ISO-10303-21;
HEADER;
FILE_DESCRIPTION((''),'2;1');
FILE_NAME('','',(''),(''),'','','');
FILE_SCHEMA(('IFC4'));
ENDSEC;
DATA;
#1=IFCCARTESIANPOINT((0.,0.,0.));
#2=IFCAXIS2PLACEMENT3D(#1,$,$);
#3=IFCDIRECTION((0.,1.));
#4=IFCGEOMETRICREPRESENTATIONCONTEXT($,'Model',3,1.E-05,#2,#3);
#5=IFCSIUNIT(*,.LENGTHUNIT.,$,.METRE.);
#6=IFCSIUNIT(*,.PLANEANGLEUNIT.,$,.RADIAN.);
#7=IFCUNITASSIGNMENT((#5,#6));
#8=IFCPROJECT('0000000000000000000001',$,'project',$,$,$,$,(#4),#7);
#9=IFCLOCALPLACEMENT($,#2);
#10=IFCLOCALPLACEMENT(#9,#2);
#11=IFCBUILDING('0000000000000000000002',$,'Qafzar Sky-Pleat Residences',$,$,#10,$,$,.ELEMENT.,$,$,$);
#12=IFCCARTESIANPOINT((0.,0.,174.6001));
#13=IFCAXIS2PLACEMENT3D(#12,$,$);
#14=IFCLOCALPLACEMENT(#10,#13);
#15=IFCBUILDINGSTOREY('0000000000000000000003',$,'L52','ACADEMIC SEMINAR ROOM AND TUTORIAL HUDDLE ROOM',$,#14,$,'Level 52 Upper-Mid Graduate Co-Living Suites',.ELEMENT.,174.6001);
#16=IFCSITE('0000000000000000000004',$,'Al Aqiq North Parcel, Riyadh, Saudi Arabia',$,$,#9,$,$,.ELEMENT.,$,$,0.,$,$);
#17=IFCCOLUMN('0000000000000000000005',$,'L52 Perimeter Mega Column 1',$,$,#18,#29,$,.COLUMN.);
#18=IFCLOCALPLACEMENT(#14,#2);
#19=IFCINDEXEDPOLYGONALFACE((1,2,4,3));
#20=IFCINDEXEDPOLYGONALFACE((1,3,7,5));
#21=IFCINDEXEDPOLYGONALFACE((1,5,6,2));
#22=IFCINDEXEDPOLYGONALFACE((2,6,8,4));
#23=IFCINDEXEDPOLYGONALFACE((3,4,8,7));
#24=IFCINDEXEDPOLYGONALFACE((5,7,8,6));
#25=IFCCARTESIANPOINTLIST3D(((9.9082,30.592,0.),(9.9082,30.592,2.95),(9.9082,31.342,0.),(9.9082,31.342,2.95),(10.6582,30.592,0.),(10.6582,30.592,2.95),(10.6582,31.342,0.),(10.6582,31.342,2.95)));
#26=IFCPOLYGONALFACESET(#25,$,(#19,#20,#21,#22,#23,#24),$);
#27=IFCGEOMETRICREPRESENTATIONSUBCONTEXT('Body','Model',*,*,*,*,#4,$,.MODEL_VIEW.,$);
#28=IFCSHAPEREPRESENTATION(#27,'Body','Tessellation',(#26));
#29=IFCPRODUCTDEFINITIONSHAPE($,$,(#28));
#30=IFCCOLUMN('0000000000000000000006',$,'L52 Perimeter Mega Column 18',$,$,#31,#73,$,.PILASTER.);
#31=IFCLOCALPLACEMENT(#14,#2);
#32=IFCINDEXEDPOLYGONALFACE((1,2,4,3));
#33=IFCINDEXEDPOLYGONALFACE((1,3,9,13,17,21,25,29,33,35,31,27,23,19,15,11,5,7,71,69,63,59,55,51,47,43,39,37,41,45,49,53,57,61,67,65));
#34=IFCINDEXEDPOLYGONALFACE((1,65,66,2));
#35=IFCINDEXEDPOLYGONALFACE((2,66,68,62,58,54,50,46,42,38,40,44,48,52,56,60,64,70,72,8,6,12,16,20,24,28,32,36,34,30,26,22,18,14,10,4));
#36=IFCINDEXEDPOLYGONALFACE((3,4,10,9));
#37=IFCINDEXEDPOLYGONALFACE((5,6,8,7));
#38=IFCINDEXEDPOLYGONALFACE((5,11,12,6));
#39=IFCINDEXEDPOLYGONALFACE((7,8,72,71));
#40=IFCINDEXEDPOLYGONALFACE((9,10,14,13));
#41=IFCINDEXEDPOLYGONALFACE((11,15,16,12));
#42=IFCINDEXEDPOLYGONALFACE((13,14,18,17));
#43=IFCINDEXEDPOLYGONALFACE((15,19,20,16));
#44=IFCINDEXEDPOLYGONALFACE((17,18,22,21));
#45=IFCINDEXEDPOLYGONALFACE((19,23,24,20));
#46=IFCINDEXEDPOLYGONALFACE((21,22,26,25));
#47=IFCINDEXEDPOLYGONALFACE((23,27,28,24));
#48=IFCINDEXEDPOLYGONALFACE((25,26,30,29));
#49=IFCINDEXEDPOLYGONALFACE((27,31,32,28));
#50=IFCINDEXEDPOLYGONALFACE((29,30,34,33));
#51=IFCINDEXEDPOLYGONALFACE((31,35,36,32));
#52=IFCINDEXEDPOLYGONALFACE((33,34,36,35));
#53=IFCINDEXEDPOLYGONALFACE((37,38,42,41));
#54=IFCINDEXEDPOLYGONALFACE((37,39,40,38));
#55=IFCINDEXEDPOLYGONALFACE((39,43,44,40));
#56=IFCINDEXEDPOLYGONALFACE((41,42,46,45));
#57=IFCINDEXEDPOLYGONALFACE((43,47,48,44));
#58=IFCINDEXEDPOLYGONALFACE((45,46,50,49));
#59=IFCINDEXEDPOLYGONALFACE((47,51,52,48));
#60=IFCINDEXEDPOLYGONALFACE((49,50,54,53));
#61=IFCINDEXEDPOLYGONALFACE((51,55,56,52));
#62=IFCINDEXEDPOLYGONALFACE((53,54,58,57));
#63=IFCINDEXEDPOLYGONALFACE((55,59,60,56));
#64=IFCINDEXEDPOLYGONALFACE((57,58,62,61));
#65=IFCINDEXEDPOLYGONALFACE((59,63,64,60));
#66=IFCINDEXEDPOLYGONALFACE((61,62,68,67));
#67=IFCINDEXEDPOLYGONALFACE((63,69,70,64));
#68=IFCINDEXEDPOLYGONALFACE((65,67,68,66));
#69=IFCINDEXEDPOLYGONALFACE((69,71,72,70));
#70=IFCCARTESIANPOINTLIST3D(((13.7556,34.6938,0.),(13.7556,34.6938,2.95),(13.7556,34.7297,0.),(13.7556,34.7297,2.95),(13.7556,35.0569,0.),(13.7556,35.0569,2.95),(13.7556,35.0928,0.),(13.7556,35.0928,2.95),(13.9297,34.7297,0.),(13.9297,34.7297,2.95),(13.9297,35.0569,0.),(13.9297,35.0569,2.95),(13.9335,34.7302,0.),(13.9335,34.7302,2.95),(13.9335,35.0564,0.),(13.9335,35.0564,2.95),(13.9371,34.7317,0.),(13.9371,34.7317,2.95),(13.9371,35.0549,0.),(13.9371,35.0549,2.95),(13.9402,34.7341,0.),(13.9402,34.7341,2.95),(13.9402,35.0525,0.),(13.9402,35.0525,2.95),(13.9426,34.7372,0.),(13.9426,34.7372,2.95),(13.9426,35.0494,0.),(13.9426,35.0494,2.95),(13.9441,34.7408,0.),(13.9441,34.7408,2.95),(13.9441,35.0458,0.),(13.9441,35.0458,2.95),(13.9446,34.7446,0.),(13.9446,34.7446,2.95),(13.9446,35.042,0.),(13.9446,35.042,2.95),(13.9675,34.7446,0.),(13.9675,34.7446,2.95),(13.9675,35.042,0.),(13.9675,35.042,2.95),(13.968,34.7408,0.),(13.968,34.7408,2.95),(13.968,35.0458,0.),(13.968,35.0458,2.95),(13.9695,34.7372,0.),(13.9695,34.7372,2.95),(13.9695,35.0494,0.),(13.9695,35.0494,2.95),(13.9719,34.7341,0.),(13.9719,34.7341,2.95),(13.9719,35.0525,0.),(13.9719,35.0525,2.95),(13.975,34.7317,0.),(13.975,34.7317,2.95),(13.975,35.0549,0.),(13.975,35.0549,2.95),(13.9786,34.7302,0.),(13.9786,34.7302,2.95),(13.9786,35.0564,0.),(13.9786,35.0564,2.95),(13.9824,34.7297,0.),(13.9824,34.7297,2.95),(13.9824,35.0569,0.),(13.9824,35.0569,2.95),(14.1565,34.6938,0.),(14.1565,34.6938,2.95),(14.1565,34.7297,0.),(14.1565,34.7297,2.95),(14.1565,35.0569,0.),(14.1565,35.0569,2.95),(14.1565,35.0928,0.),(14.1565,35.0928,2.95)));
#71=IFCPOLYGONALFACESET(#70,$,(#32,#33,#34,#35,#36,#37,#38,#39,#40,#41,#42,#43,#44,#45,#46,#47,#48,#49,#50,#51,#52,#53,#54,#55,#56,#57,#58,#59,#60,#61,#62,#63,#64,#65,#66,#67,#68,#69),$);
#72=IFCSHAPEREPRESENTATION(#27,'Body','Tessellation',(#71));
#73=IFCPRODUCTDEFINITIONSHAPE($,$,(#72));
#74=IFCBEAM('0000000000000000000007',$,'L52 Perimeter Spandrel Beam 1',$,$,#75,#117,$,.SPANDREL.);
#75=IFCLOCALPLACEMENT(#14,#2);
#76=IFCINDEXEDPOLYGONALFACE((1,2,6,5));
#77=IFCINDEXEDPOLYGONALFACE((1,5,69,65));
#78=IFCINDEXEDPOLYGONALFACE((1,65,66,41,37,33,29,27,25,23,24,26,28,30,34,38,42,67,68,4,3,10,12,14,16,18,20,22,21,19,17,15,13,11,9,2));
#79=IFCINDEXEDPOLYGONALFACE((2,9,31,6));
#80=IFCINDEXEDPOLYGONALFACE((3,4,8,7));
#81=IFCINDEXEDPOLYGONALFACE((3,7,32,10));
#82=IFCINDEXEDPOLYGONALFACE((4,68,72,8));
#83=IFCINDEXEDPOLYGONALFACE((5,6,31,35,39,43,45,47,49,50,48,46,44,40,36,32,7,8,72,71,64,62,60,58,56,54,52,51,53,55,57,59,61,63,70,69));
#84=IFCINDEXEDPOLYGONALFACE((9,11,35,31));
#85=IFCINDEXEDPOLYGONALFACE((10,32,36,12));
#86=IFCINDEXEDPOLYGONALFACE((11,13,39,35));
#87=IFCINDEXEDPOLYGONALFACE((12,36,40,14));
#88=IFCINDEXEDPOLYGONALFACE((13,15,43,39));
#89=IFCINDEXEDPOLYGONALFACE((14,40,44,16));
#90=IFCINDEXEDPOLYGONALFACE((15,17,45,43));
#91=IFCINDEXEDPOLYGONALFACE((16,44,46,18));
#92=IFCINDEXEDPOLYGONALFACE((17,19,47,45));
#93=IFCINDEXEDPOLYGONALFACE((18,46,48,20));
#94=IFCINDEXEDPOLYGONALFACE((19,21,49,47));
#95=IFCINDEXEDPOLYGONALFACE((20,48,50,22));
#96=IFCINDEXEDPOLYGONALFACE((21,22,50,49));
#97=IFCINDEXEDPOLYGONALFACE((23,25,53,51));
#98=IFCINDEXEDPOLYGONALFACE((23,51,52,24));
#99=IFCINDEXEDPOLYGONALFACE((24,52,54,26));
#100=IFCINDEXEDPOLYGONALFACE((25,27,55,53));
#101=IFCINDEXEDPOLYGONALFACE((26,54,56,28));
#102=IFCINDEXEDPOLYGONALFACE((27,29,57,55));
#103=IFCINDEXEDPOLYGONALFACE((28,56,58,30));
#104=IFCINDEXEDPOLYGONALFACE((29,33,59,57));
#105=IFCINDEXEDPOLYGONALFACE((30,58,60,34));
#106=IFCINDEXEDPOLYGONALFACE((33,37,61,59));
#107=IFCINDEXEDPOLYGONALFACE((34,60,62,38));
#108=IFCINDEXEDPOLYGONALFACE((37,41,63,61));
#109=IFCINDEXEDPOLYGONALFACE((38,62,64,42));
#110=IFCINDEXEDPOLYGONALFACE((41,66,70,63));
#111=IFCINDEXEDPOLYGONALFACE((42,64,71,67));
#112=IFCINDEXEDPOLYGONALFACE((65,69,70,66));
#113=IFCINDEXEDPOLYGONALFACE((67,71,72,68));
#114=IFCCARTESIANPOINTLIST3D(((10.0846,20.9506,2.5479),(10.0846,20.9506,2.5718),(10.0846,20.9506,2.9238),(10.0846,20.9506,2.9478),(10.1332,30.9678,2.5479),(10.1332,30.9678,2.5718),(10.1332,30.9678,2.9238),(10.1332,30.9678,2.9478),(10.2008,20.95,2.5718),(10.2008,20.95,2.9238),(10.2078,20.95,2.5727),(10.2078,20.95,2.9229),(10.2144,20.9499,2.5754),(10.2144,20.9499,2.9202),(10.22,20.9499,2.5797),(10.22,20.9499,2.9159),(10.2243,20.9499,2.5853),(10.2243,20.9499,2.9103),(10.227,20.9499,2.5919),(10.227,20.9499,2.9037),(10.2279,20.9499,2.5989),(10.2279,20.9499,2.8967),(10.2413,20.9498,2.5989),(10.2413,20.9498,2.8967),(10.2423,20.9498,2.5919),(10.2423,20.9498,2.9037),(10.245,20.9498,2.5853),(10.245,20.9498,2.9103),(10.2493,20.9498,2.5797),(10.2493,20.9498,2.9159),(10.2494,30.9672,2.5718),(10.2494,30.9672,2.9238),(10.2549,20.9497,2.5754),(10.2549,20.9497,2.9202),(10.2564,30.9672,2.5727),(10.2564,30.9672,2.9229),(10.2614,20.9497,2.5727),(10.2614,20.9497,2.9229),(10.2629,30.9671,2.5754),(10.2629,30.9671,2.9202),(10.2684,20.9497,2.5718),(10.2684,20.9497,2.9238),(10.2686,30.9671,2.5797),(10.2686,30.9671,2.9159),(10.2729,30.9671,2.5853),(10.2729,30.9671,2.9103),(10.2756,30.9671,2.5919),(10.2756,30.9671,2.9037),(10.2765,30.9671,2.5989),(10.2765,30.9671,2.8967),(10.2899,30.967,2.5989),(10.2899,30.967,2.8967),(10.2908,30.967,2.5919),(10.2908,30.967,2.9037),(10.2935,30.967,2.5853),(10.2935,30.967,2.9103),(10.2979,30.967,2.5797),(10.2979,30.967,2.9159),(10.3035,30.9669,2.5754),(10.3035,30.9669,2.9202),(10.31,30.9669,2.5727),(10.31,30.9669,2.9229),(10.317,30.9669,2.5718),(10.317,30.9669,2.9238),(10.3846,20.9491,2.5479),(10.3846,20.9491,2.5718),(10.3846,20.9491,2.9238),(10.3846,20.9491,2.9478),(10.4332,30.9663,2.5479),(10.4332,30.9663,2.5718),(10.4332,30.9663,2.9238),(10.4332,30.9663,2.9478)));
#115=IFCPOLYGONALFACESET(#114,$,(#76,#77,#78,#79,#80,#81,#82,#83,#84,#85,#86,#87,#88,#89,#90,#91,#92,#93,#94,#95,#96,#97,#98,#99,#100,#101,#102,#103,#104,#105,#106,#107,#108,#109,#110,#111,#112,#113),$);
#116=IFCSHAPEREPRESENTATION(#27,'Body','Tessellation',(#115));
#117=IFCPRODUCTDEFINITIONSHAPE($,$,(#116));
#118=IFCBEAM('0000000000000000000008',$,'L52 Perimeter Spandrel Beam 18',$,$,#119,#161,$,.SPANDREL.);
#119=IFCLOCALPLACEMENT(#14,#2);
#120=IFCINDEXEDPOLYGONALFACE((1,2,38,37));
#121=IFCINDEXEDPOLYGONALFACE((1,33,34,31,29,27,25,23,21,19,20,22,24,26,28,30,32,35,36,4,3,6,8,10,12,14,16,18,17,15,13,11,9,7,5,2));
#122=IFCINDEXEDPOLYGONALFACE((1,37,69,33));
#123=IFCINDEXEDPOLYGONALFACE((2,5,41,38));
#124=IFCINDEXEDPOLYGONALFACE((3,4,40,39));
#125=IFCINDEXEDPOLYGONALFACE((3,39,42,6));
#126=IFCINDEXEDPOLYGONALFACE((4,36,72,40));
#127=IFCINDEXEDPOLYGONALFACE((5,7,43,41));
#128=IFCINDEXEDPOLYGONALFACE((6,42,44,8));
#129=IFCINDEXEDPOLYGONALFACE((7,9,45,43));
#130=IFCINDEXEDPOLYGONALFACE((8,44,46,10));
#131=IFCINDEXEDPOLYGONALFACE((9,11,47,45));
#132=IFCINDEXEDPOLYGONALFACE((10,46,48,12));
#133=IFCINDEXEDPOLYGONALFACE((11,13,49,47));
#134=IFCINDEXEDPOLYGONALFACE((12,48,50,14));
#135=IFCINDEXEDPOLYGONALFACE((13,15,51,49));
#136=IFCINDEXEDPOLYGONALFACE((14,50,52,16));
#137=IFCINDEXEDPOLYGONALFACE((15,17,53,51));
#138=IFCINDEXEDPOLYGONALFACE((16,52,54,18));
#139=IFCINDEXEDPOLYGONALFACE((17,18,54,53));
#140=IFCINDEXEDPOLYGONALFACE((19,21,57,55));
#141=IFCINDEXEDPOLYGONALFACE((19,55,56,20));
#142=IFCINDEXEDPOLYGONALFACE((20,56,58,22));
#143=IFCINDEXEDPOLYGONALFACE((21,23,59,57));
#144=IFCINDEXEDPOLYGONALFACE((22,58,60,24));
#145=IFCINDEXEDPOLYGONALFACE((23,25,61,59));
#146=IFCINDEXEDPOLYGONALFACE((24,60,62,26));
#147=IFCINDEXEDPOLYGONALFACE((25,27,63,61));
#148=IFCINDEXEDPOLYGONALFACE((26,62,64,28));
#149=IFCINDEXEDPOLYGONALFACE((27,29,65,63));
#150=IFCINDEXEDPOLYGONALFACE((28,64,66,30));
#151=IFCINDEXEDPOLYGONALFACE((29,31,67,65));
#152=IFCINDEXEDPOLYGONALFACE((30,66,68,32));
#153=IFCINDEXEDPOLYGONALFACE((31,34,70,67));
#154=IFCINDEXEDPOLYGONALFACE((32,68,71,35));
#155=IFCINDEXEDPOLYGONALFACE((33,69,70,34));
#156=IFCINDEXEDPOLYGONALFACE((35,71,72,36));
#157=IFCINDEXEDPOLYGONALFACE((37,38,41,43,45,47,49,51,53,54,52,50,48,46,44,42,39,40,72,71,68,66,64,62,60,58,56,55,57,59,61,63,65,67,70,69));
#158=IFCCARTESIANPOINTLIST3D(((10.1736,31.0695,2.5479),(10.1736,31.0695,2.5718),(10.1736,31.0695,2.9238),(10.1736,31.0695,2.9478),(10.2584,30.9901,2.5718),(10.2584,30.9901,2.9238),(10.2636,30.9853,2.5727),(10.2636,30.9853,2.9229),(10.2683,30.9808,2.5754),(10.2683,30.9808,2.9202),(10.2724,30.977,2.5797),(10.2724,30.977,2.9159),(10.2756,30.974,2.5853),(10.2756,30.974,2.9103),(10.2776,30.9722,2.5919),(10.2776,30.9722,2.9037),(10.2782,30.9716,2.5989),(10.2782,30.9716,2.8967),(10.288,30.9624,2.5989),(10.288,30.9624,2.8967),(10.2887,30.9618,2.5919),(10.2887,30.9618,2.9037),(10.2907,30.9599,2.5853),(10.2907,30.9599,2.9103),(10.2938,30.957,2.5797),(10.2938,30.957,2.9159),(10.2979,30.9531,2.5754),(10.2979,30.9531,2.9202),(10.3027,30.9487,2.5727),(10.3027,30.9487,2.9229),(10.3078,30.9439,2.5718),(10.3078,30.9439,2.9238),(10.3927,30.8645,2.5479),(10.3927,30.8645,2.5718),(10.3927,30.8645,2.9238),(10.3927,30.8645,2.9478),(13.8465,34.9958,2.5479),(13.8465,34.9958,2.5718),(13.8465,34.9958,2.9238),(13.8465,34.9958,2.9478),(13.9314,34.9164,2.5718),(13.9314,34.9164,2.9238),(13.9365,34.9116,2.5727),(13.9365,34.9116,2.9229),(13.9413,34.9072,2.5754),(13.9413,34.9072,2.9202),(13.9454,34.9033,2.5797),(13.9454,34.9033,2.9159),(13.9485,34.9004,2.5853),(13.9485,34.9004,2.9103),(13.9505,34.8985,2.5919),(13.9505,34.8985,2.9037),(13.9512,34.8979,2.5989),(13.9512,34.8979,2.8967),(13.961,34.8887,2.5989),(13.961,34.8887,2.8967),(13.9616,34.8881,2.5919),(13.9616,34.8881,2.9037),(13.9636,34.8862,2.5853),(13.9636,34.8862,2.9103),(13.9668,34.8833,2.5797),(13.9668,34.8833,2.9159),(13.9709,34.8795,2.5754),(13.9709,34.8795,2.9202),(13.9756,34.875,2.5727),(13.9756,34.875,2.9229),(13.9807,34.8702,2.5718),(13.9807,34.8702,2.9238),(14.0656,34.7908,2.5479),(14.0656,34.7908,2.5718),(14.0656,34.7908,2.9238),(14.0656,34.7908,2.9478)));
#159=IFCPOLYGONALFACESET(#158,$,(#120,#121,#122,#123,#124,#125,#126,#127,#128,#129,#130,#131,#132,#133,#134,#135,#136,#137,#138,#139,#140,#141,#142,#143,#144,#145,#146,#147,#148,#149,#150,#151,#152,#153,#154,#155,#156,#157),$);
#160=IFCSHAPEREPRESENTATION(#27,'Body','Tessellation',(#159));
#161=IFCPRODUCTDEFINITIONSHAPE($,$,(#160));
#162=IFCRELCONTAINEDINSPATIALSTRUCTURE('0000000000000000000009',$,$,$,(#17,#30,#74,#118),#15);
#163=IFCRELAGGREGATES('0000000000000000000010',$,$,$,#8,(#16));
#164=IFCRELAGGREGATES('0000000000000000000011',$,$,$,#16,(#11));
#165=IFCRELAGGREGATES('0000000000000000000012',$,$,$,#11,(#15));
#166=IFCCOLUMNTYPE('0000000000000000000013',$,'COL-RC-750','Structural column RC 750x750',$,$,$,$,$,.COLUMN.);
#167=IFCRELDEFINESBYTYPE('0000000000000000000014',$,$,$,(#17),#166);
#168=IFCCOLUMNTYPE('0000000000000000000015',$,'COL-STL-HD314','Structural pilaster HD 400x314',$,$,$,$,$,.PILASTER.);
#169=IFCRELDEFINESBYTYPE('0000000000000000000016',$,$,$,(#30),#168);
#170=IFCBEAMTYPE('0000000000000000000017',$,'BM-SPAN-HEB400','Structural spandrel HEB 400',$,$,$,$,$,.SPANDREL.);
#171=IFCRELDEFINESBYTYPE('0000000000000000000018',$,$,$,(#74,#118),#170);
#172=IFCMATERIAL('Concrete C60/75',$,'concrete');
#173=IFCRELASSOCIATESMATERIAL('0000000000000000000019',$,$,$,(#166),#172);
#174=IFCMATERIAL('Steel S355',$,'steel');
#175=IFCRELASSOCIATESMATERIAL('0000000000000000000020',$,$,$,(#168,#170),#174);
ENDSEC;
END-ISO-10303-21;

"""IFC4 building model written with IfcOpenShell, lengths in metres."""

from ifc_helpers import new_model, si_unit, direction, frame, origin, origin_2d, place, context, subcontext, project, spatial, rectangle, i_section, extrude, source, transform, mapped, material, material_profile, profile_set, type_object, element, save


model = new_model("IFC4")

# Units and contexts
model_context = context("Model", 3, precision=1e-05, world=origin(), true_north=direction((0.0, 1.0)))
body_context = subcontext(model_context, "Body", "Model", "MODEL_VIEW")
ifc_project = project(units=[si_unit("LENGTHUNIT", "METRE"), si_unit("PLANEANGLEUNIT", "RADIAN")], contexts=[model_context])

# Site, building, storey
site_placement = place(None, origin())
site = spatial("IfcSite", under=ifc_project, at=site_placement, Name="Al Aqiq North Parcel, Riyadh, Saudi Arabia", CompositionType="ELEMENT", RefElevation=0.0)
building_placement = place(site_placement, origin())
building = spatial("IfcBuilding", under=site, at=building_placement, Name="Qafzar Sky-Pleat Residences", CompositionType="ELEMENT")
storey_placement = place(building_placement, frame((0.0, 0.0, 174.6001)))
storey = spatial("IfcBuildingStorey", under=building, at=storey_placement, Name="L52", Description="ACADEMIC SEMINAR ROOM AND TUTORIAL HUDDLE ROOM", LongName="Level 52 Upper-Mid Graduate Co-Living Suites", CompositionType="ELEMENT", Elevation=174.6001)

# Columns
ifc_material_1 = material(Name="Concrete C60/75", Category="concrete")
ifc_material_profile_1 = material_profile(ifc_material_1, rectangle(XDim=0.75, YDim=0.75, at=origin_2d()), Name="RC 750x750")
ifc_profile_set_1 = profile_set([ifc_material_profile_1], Name="Concrete C60/75")
column_type_1 = type_object("IfcColumnType", Name="COL-RC-750", Description="Structural column RC 750x750", PredefinedType="COLUMN", material=ifc_profile_set_1)
shared_shape_1 = source(origin(), body_context, "Body", "SweptSolid", [
    extrude(rectangle(XDim=0.75, YDim=0.75, at=origin_2d()), origin(), (0.0, 0.0, 1.0), 2.95),
])
column_1_placement = place(storey_placement, frame((10.2832, 30.967, 0.0), z_axis=(0.0, 0.0, 1.0), x_axis=(1.0, 0.0, 0.0)))
element("IfcColumn", 1, at=column_1_placement, inside=storey, type_object=column_type_1, Name="L52 Perimeter Mega Column 1", PredefinedType="COLUMN", context=body_context, shape_type="MappedRepresentation", body=[
    mapped(shared_shape_1, transform((0.0, 0.0, 0.0), x_axis=(1.0, 0.0, 0.0), y_axis=(0.0, 1.0, 0.0), z_axis=(0.0, 0.0, 1.0), scale=1.0)),
])
ifc_material_2 = material(Name="Steel S355", Category="steel")
ifc_material_profile_2 = material_profile(ifc_material_2, i_section(OverallWidth=0.4009, OverallDepth=0.3989, WebThickness=0.0229, FlangeThickness=0.0359, FilletRadius=0.0149, at=origin_2d()), Name="HD 400x314")
ifc_profile_set_2 = profile_set([ifc_material_profile_2], Name="Steel S355")
column_type_2 = type_object("IfcColumnType", Name="COL-STL-HD314", Description="Structural pilaster HD 400x314", PredefinedType="PILASTER", material=ifc_profile_set_2)
shared_shape_2 = source(origin(), body_context, "Body", "SweptSolid", [
    extrude(i_section(OverallWidth=0.4009, OverallDepth=0.3989, WebThickness=0.0229, FlangeThickness=0.0359, FilletRadius=0.0149, at=origin_2d()), origin(), (0.0, 0.0, 1.0), 2.95),
])
column_2_placement = place(storey_placement, frame((13.9561, 34.8933, 0.0), z_axis=(0.0, 0.0, 1.0), x_axis=(1.0, 0.0, 0.0)))
element("IfcColumn", 2, at=column_2_placement, inside=storey, type_object=column_type_2, Name="L52 Perimeter Mega Column 18", PredefinedType="PILASTER", context=body_context, shape_type="MappedRepresentation", body=[
    mapped(shared_shape_2, transform((0.0, 0.0, 0.0), x_axis=(1.0, 0.0, 0.0), y_axis=(0.0, 1.0, 0.0), z_axis=(0.0, 0.0, 1.0), scale=1.0)),
])

# Beams
ifc_material_profile_3 = material_profile(ifc_material_2, i_section(OverallWidth=0.3, OverallDepth=0.3999, WebThickness=0.0134, FlangeThickness=0.0239, FilletRadius=0.0271, at=origin_2d()), Name="HEB 400")
ifc_profile_set_3 = profile_set([ifc_material_profile_3], Name="Steel S355")
beam_type_1 = type_object("IfcBeamType", Name="BM-SPAN-HEB400", Description="Structural spandrel HEB 400", PredefinedType="SPANDREL", material=ifc_profile_set_3)
shared_shape_3 = source(origin(), body_context, "Body", "SweptSolid", [
    extrude(i_section(OverallWidth=0.3, OverallDepth=0.3999, WebThickness=0.0134, FlangeThickness=0.0239, FilletRadius=0.0271, at=origin_2d()), origin(), (0.0, 0.0, 1.0), 10.0173),
])
beam_1_placement = place(storey_placement, frame((10.2832, 30.967, 2.7478), z_axis=(-0.00485, -0.999988, 0.0), x_axis=(0.999988, -0.00485, 0.0)))
element("IfcBeam", 3, at=beam_1_placement, inside=storey, type_object=beam_type_1, Name="L52 Perimeter Spandrel Beam 1", PredefinedType="SPANDREL", context=body_context, shape_type="MappedRepresentation", body=[
    mapped(shared_shape_3, transform((0.0, 0.0, 0.0), x_axis=(1.0, 0.0, 0.0), y_axis=(0.0, 1.0, 0.0), z_axis=(0.0, 0.0, 1.0), scale=1.0)),
])
shared_shape_4 = source(origin(), body_context, "Body", "SweptSolid", [
    extrude(i_section(OverallWidth=0.3, OverallDepth=0.3999, WebThickness=0.0134, FlangeThickness=0.0239, FilletRadius=0.0271, at=origin_2d()), origin(), (0.0, 0.0, 1.0), 5.3765),
])
beam_2_placement = place(storey_placement, frame((13.9561, 34.8933, 2.7478), z_axis=(-0.683146, -0.730282, 0.0), x_axis=(0.730282, -0.683146, 0.0)))
element("IfcBeam", 4, at=beam_2_placement, inside=storey, type_object=beam_type_1, Name="L52 Perimeter Spandrel Beam 18", PredefinedType="SPANDREL", context=body_context, shape_type="MappedRepresentation", body=[
    mapped(shared_shape_4, transform((0.0, 0.0, 0.0), x_axis=(1.0, 0.0, 0.0), y_axis=(0.0, 1.0, 0.0), z_axis=(0.0, 0.0, 1.0), scale=1.0)),
])

save(model, "model.ifc")
